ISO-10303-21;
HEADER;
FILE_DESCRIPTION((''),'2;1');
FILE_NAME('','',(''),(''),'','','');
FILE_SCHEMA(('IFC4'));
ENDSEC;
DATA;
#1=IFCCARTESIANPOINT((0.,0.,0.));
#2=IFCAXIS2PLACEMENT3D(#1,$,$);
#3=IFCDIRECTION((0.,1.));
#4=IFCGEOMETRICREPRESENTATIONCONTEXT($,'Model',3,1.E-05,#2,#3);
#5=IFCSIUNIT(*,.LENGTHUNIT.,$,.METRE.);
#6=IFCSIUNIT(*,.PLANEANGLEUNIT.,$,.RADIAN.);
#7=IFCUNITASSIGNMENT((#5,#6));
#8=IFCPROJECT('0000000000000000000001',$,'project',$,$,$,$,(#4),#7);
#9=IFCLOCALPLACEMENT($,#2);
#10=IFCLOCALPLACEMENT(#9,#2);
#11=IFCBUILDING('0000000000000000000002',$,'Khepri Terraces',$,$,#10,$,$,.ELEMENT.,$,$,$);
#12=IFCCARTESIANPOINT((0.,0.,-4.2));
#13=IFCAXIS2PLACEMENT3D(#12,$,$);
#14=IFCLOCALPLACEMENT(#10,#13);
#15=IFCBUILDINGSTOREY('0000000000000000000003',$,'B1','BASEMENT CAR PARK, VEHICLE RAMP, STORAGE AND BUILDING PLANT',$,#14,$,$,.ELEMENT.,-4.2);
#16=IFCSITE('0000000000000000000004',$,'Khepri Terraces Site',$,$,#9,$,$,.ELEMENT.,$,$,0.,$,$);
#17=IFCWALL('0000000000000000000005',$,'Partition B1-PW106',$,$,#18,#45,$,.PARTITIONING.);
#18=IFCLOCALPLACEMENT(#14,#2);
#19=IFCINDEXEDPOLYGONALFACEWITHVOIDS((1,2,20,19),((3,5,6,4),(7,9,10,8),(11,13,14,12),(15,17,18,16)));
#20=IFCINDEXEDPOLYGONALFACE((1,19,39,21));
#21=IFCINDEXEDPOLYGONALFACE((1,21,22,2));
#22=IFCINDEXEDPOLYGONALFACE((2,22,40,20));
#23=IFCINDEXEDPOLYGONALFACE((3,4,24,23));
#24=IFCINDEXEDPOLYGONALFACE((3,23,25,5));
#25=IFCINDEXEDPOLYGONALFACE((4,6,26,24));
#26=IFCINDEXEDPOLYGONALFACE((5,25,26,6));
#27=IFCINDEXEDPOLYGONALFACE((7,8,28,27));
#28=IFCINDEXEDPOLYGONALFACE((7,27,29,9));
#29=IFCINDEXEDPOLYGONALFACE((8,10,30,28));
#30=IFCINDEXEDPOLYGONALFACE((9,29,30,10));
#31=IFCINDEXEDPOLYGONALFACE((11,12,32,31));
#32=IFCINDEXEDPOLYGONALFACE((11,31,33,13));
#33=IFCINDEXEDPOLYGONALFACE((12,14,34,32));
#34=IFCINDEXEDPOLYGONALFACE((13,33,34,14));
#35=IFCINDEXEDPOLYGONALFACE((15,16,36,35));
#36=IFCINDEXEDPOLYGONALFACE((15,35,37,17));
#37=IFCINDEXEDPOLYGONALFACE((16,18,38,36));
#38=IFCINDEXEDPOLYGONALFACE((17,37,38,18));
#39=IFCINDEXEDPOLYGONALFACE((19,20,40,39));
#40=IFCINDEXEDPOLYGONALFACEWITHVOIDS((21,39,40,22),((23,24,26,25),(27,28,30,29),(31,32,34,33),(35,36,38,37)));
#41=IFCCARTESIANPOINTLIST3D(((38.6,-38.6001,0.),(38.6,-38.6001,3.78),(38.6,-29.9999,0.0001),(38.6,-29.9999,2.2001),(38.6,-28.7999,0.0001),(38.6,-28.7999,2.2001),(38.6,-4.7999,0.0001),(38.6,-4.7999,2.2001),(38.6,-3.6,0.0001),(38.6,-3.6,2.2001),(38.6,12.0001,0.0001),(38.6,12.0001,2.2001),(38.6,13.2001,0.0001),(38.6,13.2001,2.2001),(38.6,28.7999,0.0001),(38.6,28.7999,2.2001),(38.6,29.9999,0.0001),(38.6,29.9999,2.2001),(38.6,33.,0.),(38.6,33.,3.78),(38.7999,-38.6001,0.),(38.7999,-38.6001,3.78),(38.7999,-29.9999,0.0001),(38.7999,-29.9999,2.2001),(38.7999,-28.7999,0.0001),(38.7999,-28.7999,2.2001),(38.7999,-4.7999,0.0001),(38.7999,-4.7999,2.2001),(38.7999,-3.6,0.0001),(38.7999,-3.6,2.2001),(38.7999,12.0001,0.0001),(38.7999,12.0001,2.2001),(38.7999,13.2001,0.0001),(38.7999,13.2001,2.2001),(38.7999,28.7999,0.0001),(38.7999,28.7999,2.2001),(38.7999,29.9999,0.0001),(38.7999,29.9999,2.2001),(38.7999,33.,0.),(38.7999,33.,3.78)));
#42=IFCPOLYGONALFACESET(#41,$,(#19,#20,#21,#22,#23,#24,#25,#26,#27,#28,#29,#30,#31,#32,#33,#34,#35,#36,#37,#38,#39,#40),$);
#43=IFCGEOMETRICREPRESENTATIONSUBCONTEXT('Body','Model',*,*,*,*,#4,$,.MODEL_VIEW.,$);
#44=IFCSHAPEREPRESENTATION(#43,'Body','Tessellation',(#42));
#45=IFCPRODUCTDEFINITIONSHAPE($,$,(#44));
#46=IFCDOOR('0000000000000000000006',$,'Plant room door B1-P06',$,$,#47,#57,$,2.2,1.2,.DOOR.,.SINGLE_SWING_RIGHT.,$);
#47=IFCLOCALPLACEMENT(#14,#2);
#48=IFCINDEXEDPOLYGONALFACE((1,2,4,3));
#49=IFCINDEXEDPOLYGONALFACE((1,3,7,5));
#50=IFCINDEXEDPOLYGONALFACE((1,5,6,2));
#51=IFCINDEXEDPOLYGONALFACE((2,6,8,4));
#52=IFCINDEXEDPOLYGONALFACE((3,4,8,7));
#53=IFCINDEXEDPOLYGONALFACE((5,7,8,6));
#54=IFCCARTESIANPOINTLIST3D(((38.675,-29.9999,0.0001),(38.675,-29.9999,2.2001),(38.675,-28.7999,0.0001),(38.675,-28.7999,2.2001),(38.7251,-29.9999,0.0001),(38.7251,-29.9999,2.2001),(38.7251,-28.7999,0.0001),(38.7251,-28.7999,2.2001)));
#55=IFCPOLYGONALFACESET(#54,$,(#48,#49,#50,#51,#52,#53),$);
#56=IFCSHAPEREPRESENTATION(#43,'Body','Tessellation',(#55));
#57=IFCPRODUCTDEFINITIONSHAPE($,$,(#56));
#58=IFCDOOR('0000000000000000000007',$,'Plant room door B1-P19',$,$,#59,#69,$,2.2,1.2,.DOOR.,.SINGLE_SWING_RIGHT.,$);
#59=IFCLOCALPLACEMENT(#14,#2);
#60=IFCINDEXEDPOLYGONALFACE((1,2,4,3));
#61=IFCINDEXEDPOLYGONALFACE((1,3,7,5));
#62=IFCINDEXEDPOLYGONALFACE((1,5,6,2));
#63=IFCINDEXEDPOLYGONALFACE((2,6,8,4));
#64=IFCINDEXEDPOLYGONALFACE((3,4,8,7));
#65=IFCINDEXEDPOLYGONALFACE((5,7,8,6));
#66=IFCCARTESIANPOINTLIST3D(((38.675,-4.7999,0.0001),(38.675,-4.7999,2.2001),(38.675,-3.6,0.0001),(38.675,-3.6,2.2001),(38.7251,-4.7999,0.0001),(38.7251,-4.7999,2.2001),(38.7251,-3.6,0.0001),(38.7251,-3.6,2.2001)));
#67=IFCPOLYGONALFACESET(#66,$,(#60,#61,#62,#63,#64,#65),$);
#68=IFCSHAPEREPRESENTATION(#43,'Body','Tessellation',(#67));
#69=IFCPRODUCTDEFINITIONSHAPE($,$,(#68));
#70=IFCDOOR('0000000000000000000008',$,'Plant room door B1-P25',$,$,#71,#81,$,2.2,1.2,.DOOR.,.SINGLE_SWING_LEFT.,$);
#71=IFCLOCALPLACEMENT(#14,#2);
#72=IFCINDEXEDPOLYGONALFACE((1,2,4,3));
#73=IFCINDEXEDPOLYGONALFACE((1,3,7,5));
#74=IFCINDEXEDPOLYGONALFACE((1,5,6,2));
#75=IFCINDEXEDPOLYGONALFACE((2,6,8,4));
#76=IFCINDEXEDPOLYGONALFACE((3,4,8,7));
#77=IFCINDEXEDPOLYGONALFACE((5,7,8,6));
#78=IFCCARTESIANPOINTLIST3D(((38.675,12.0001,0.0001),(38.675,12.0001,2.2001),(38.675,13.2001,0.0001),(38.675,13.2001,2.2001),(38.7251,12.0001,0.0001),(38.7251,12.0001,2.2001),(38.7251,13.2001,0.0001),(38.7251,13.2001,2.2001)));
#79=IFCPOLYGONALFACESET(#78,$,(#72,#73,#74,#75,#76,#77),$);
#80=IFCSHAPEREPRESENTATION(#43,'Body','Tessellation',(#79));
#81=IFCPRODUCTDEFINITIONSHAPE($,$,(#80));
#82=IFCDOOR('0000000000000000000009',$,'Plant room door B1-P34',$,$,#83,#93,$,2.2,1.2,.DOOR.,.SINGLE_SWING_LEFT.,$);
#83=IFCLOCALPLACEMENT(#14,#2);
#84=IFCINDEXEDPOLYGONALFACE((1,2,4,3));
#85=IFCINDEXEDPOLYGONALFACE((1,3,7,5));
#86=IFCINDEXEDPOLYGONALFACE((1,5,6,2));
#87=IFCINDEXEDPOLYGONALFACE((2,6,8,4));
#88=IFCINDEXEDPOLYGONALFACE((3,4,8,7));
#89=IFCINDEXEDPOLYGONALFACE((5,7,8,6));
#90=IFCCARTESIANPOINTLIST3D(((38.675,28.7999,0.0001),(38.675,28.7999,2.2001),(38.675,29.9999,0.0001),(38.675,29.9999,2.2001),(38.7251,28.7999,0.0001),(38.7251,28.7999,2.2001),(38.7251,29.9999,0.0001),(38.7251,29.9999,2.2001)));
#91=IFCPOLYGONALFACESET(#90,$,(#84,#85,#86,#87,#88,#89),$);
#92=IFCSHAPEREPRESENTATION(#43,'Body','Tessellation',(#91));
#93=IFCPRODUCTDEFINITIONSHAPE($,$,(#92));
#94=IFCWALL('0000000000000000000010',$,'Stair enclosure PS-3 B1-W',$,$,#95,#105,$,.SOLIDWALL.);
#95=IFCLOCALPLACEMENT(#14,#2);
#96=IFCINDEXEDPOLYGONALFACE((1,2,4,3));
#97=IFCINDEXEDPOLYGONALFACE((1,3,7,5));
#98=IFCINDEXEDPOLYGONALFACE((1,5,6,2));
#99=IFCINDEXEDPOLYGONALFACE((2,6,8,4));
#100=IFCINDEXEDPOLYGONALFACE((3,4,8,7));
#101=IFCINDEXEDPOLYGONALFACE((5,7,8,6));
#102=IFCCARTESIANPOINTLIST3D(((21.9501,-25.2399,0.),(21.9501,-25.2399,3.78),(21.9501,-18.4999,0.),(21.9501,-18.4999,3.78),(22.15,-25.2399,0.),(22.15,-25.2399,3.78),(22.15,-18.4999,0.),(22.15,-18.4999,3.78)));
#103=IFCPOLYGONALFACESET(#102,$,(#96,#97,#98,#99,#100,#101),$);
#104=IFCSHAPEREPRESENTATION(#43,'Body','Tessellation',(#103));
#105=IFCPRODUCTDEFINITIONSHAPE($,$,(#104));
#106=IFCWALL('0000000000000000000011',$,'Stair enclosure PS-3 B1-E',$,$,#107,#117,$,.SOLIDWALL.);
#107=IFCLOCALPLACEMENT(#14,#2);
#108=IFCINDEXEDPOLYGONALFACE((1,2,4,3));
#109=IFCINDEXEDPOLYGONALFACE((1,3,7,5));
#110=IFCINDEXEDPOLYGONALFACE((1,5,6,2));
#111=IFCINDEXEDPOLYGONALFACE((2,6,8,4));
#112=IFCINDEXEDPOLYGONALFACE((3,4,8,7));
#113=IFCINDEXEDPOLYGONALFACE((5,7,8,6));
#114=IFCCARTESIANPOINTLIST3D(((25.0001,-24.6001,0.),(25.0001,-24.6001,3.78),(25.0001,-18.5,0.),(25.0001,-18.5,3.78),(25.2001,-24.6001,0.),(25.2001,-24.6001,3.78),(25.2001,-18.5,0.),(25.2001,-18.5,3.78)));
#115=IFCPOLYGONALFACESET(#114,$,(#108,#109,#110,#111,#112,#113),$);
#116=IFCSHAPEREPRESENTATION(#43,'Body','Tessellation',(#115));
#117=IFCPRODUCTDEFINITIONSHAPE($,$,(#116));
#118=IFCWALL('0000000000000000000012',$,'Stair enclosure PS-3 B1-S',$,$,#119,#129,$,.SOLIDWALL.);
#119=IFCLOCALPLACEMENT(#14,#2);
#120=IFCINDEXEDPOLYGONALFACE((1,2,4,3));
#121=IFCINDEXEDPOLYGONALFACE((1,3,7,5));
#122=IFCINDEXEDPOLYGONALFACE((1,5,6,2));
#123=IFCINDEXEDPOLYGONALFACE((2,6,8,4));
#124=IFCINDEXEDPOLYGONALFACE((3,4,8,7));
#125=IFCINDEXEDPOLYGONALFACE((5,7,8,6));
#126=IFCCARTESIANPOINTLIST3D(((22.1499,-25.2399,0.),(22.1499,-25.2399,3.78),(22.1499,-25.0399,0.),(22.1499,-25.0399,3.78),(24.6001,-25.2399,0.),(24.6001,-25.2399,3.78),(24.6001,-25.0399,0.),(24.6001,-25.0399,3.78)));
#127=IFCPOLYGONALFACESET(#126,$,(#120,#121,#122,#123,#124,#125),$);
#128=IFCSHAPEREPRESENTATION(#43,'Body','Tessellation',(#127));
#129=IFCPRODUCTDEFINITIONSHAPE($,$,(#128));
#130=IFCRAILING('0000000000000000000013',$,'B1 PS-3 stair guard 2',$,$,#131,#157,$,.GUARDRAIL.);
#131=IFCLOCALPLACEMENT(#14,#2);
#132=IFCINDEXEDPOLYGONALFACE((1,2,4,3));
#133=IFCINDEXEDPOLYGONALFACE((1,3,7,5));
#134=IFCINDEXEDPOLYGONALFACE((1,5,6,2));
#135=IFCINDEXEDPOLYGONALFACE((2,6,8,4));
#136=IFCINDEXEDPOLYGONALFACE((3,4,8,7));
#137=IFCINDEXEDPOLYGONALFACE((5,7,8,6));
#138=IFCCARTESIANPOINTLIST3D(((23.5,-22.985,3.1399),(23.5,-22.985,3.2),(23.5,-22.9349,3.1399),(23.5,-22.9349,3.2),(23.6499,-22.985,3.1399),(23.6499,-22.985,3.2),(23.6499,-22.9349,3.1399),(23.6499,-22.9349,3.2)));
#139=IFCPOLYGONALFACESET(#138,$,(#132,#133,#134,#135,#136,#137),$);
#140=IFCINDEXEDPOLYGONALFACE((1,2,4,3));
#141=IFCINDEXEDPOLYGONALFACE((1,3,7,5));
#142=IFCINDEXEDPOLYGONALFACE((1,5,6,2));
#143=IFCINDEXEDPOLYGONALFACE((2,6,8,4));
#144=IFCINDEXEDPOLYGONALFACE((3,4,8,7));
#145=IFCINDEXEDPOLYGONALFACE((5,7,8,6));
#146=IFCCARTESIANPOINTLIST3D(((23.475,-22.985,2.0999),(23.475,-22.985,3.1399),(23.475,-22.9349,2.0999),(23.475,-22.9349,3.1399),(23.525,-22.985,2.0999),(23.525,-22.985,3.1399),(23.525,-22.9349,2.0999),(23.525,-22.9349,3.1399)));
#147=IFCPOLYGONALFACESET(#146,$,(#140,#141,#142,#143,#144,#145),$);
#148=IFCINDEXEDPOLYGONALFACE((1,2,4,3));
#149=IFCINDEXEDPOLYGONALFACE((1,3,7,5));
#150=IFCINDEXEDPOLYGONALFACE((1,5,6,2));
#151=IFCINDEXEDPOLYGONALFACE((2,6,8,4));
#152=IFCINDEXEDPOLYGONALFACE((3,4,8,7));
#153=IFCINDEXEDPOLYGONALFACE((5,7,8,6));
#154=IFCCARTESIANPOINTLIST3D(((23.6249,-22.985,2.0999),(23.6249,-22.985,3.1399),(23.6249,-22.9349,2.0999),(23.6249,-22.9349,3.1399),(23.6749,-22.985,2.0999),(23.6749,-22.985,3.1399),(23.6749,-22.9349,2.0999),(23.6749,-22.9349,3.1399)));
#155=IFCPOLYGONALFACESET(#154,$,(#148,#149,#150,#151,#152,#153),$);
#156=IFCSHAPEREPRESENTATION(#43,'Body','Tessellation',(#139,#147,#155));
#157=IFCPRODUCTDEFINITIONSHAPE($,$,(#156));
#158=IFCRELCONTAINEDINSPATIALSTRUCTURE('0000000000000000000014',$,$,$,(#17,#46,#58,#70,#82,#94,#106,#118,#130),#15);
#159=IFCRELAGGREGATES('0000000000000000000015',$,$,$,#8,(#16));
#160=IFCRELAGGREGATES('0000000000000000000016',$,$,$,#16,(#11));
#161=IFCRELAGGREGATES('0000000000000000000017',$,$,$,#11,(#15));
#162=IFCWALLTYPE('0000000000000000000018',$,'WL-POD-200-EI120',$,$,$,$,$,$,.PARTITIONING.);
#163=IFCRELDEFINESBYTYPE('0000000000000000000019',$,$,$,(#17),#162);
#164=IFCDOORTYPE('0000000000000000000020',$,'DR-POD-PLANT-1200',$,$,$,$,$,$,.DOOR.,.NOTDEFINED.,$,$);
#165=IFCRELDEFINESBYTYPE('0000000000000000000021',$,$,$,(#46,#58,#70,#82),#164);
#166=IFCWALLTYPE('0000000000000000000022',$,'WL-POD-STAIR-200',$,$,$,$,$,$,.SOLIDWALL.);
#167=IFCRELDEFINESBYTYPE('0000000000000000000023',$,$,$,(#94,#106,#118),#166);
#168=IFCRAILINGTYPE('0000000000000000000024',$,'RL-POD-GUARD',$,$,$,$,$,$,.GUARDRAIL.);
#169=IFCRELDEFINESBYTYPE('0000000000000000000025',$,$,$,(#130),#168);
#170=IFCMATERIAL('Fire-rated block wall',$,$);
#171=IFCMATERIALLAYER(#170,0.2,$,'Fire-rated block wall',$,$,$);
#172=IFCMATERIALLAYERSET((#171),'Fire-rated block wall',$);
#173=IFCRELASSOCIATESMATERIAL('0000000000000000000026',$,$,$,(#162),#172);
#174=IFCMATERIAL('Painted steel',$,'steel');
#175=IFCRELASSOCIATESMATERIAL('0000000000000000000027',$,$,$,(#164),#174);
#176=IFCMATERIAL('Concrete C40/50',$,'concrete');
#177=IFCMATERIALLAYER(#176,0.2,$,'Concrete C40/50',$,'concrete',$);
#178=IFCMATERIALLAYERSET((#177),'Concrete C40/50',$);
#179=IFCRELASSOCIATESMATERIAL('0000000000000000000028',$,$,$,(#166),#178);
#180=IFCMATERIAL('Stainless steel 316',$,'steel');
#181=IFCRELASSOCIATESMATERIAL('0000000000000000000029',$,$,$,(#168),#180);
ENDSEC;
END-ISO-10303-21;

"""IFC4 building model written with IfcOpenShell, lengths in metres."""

from ifc_helpers import new_model, si_unit, direction, frame, frame_2d, origin, origin_2d, place, context, subcontext, project, spatial, rectangle, extrude, material, layer, layer_set, type_object, element, fill, save


model = new_model("IFC4")

# Units and contexts
model_context = context("Model", 3, precision=1e-05, world=origin(), true_north=direction((0.0, 1.0)))
body_context = subcontext(model_context, "Body", "Model", "MODEL_VIEW")
ifc_project = project(units=[si_unit("LENGTHUNIT", "METRE"), si_unit("PLANEANGLEUNIT", "RADIAN")], contexts=[model_context])

# Site, building, storey
site_placement = place(None, origin())
site = spatial("IfcSite", under=ifc_project, at=site_placement, Name="Khepri Terraces Site", CompositionType="ELEMENT", RefElevation=0.0)
building_placement = place(site_placement, origin())
building = spatial("IfcBuilding", under=site, at=building_placement, Name="Khepri Terraces", CompositionType="ELEMENT")
storey_placement = place(building_placement, frame((0.0, 0.0, -4.2)))
storey = spatial("IfcBuildingStorey", under=building, at=storey_placement, Name="B1", Description="BASEMENT CAR PARK, VEHICLE RAMP, STORAGE AND BUILDING PLANT", CompositionType="ELEMENT", Elevation=-4.2)

# Shared definitions
ifc_material_1 = material(Name="Fire-rated block wall")
ifc_layer_1 = layer(ifc_material_1, 0.2, Name="Fire-rated block wall")
ifc_layer_set_1 = layer_set([ifc_layer_1], Name="Fire-rated block wall")
wall_type_1 = type_object("IfcWallType", Name="WL-POD-200-EI120", PredefinedType="PARTITIONING", material=ifc_layer_set_1)

# Wall, openings, doors
wall_1_placement = place(storey_placement, frame((38.7, -38.6001, 0.0), z_axis=(0.0, 0.0, 1.0), x_axis=(0.0, 1.0, 0.0)))
wall_1 = element("IfcWall", 1, at=wall_1_placement, inside=storey, type_object=wall_type_1, Name="Partition B1-PW106", PredefinedType="PARTITIONING", context=body_context, shape_type="SweptSolid", body=[
    extrude(rectangle(XDim=71.6001, YDim=0.2, at=frame_2d((35.8, 0.0))), origin(), (0.0, 0.0, 1.0), 3.78),
])
opening_1_placement = place(wall_1_placement, frame((8.6001, 0.0, 0.0)))
opening_1 = element("IfcOpeningElement", 2, at=opening_1_placement, cuts=wall_1, PredefinedType="OPENING", context=body_context, shape_type="SweptSolid", body=[
    extrude(rectangle(XDim=1.2, YDim=2.2, at=frame_2d((0.6001, 1.1001))), frame((0.0, 0.1099, 0.0), z_axis=(0.0, -1.0, 0.0), x_axis=(1.0, 0.0, 0.0)), (0.0, 0.0, 1.0), 0.22),
])
opening_2_placement = place(wall_1_placement, frame((33.8, 0.0, 0.0)))
opening_2 = element("IfcOpeningElement", 3, at=opening_2_placement, cuts=wall_1, PredefinedType="OPENING", context=body_context, shape_type="SweptSolid", body=[
    extrude(rectangle(XDim=1.2, YDim=2.2, at=frame_2d((0.6001, 1.1001))), frame((0.0, 0.1099, 0.0), z_axis=(0.0, -1.0, 0.0), x_axis=(1.0, 0.0, 0.0)), (0.0, 0.0, 1.0), 0.22),
])
opening_3_placement = place(wall_1_placement, frame((50.6001, 0.0, 0.0)))
opening_3 = element("IfcOpeningElement", 4, at=opening_3_placement, cuts=wall_1, PredefinedType="OPENING", context=body_context, shape_type="SweptSolid", body=[
    extrude(rectangle(XDim=1.2, YDim=2.2, at=frame_2d((0.6001, 1.1001))), frame((0.0, 0.1099, 0.0), z_axis=(0.0, -1.0, 0.0), x_axis=(1.0, 0.0, 0.0)), (0.0, 0.0, 1.0), 0.22),
])
opening_4_placement = place(wall_1_placement, frame((67.3999, 0.0, 0.0)))
opening_4 = element("IfcOpeningElement", 5, at=opening_4_placement, cuts=wall_1, PredefinedType="OPENING", context=body_context, shape_type="SweptSolid", body=[
    extrude(rectangle(XDim=1.2, YDim=2.2, at=frame_2d((0.6001, 1.1001))), frame((0.0, 0.1099, 0.0), z_axis=(0.0, -1.0, 0.0), x_axis=(1.0, 0.0, 0.0)), (0.0, 0.0, 1.0), 0.22),
])
ifc_material_2 = material(Name="Painted steel", Category="steel")
door_type = type_object("IfcDoorType", Name="DR-POD-PLANT-1200", OperationType="NOTDEFINED", PredefinedType="DOOR", material=ifc_material_2)
door_1_placement = place(opening_1_placement, origin())
door_1 = element("IfcDoor", 6, at=door_1_placement, inside=storey, type_object=door_type, Name="Plant room door B1-P06", OperationType="SINGLE_SWING_RIGHT", OverallHeight=2.2, OverallWidth=1.2, PredefinedType="DOOR", context=body_context, shape_type="SweptSolid", body=[
    extrude(rectangle(XDim=1.2, YDim=2.2, at=frame_2d((0.6001, 1.1001))), frame((0.0, 0.0249, 0.0), z_axis=(0.0, -1.0, 0.0), x_axis=(1.0, 0.0, 0.0)), (0.0, 0.0, 1.0), 0.05),
])
fill(opening_1, door_1)
door_2_placement = place(opening_2_placement, origin())
door_2 = element("IfcDoor", 7, at=door_2_placement, inside=storey, type_object=door_type, Name="Plant room door B1-P19", OperationType="SINGLE_SWING_RIGHT", OverallHeight=2.2, OverallWidth=1.2, PredefinedType="DOOR", context=body_context, shape_type="SweptSolid", body=[
    extrude(rectangle(XDim=1.2, YDim=2.2, at=frame_2d((0.6001, 1.1001))), frame((0.0, 0.0249, 0.0), z_axis=(0.0, -1.0, 0.0), x_axis=(1.0, 0.0, 0.0)), (0.0, 0.0, 1.0), 0.05),
])
fill(opening_2, door_2)
door_3_placement = place(opening_3_placement, origin())
door_3 = element("IfcDoor", 8, at=door_3_placement, inside=storey, type_object=door_type, Name="Plant room door B1-P25", OperationType="SINGLE_SWING_LEFT", OverallHeight=2.2, OverallWidth=1.2, PredefinedType="DOOR", context=body_context, shape_type="SweptSolid", body=[
    extrude(rectangle(XDim=1.2, YDim=2.2, at=frame_2d((0.6001, 1.1001))), frame((0.0, 0.0249, 0.0), z_axis=(0.0, -1.0, 0.0), x_axis=(1.0, 0.0, 0.0)), (0.0, 0.0, 1.0), 0.05),
])
fill(opening_3, door_3)
door_4_placement = place(opening_4_placement, origin())
door_4 = element("IfcDoor", 9, at=door_4_placement, inside=storey, type_object=door_type, Name="Plant room door B1-P34", OperationType="SINGLE_SWING_LEFT", OverallHeight=2.2, OverallWidth=1.2, PredefinedType="DOOR", context=body_context, shape_type="SweptSolid", body=[
    extrude(rectangle(XDim=1.2, YDim=2.2, at=frame_2d((0.6001, 1.1001))), frame((0.0, 0.0249, 0.0), z_axis=(0.0, -1.0, 0.0), x_axis=(1.0, 0.0, 0.0)), (0.0, 0.0, 1.0), 0.05),
])
fill(opening_4, door_4)

# Walls
ifc_material_3 = material(Name="Concrete C40/50", Category="concrete")
ifc_layer_2 = layer(ifc_material_3, 0.2, Name="Concrete C40/50", Category="concrete")
ifc_layer_set_2 = layer_set([ifc_layer_2], Name="Concrete C40/50")
wall_type_2 = type_object("IfcWallType", Name="WL-POD-STAIR-200", PredefinedType="SOLIDWALL", material=ifc_layer_set_2)
wall_2_placement = place(storey_placement, frame((22.05, -25.24, 0.0), z_axis=(0.0, 0.0, 1.0), x_axis=(0.0, 1.0, 0.0)))
element("IfcWall", 10, at=wall_2_placement, inside=storey, type_object=wall_type_2, Name="Stair enclosure PS-3 B1-W", PredefinedType="SOLIDWALL", context=body_context, shape_type="SweptSolid", body=[
    extrude(rectangle(XDim=6.74, YDim=0.2, at=frame_2d((3.3701, 0.0))), origin(), (0.0, 0.0, 1.0), 3.78),
])
wall_3_placement = place(storey_placement, frame((25.1001, -24.6001, 0.0), z_axis=(0.0, 0.0, 1.0), x_axis=(0.0, 1.0, 0.0)))
element("IfcWall", 11, at=wall_3_placement, inside=storey, type_object=wall_type_2, Name="Stair enclosure PS-3 B1-E", PredefinedType="SOLIDWALL", context=body_context, shape_type="SweptSolid", body=[
    extrude(rectangle(XDim=6.1001, YDim=0.2, at=frame_2d((3.05, 0.0))), origin(), (0.0, 0.0, 1.0), 3.78),
])
wall_4_placement = place(storey_placement, frame((22.1499, -25.1399, 0.0), z_axis=(0.0, 0.0, 1.0), x_axis=(1.0, 0.0, 0.0)))
element("IfcWall", 12, at=wall_4_placement, inside=storey, type_object=wall_type_2, Name="Stair enclosure PS-3 B1-S", PredefinedType="SOLIDWALL", context=body_context, shape_type="SweptSolid", body=[
    extrude(rectangle(XDim=2.4502, YDim=0.2, at=frame_2d((1.2251, 0.0))), origin(), (0.0, 0.0, 1.0), 3.78),
])

# Railing
ifc_material_4 = material(Name="Stainless steel 316", Category="steel")
railing_type = type_object("IfcRailingType", Name="RL-POD-GUARD", PredefinedType="GUARDRAIL", material=ifc_material_4)
railing_1_placement = place(storey_placement, frame((23.5, -22.96, 2.0999)))
element("IfcRailing", 13, at=railing_1_placement, inside=storey, type_object=railing_type, Name="B1 PS-3 stair guard 2", PredefinedType="GUARDRAIL", context=body_context, shape_type="SweptSolid", body=[
    extrude(rectangle(XDim=0.05, YDim=0.0601, at=origin_2d()), frame((0.0, 0.0, 1.0701), z_axis=(1.0, 0.0, 0.0), x_axis=(0.0, 1.0, 0.0)), (0.0, 0.0, 1.0), 0.1499),
    extrude(rectangle(XDim=0.05, YDim=0.05, at=origin_2d()), origin(), (0.0, 0.0, 1.0), 1.04),
    extrude(rectangle(XDim=0.05, YDim=0.05, at=origin_2d()), frame((0.1499, 0.0, 0.0)), (0.0, 0.0, 1.0), 1.04),
])

save(model, "model.ifc")
